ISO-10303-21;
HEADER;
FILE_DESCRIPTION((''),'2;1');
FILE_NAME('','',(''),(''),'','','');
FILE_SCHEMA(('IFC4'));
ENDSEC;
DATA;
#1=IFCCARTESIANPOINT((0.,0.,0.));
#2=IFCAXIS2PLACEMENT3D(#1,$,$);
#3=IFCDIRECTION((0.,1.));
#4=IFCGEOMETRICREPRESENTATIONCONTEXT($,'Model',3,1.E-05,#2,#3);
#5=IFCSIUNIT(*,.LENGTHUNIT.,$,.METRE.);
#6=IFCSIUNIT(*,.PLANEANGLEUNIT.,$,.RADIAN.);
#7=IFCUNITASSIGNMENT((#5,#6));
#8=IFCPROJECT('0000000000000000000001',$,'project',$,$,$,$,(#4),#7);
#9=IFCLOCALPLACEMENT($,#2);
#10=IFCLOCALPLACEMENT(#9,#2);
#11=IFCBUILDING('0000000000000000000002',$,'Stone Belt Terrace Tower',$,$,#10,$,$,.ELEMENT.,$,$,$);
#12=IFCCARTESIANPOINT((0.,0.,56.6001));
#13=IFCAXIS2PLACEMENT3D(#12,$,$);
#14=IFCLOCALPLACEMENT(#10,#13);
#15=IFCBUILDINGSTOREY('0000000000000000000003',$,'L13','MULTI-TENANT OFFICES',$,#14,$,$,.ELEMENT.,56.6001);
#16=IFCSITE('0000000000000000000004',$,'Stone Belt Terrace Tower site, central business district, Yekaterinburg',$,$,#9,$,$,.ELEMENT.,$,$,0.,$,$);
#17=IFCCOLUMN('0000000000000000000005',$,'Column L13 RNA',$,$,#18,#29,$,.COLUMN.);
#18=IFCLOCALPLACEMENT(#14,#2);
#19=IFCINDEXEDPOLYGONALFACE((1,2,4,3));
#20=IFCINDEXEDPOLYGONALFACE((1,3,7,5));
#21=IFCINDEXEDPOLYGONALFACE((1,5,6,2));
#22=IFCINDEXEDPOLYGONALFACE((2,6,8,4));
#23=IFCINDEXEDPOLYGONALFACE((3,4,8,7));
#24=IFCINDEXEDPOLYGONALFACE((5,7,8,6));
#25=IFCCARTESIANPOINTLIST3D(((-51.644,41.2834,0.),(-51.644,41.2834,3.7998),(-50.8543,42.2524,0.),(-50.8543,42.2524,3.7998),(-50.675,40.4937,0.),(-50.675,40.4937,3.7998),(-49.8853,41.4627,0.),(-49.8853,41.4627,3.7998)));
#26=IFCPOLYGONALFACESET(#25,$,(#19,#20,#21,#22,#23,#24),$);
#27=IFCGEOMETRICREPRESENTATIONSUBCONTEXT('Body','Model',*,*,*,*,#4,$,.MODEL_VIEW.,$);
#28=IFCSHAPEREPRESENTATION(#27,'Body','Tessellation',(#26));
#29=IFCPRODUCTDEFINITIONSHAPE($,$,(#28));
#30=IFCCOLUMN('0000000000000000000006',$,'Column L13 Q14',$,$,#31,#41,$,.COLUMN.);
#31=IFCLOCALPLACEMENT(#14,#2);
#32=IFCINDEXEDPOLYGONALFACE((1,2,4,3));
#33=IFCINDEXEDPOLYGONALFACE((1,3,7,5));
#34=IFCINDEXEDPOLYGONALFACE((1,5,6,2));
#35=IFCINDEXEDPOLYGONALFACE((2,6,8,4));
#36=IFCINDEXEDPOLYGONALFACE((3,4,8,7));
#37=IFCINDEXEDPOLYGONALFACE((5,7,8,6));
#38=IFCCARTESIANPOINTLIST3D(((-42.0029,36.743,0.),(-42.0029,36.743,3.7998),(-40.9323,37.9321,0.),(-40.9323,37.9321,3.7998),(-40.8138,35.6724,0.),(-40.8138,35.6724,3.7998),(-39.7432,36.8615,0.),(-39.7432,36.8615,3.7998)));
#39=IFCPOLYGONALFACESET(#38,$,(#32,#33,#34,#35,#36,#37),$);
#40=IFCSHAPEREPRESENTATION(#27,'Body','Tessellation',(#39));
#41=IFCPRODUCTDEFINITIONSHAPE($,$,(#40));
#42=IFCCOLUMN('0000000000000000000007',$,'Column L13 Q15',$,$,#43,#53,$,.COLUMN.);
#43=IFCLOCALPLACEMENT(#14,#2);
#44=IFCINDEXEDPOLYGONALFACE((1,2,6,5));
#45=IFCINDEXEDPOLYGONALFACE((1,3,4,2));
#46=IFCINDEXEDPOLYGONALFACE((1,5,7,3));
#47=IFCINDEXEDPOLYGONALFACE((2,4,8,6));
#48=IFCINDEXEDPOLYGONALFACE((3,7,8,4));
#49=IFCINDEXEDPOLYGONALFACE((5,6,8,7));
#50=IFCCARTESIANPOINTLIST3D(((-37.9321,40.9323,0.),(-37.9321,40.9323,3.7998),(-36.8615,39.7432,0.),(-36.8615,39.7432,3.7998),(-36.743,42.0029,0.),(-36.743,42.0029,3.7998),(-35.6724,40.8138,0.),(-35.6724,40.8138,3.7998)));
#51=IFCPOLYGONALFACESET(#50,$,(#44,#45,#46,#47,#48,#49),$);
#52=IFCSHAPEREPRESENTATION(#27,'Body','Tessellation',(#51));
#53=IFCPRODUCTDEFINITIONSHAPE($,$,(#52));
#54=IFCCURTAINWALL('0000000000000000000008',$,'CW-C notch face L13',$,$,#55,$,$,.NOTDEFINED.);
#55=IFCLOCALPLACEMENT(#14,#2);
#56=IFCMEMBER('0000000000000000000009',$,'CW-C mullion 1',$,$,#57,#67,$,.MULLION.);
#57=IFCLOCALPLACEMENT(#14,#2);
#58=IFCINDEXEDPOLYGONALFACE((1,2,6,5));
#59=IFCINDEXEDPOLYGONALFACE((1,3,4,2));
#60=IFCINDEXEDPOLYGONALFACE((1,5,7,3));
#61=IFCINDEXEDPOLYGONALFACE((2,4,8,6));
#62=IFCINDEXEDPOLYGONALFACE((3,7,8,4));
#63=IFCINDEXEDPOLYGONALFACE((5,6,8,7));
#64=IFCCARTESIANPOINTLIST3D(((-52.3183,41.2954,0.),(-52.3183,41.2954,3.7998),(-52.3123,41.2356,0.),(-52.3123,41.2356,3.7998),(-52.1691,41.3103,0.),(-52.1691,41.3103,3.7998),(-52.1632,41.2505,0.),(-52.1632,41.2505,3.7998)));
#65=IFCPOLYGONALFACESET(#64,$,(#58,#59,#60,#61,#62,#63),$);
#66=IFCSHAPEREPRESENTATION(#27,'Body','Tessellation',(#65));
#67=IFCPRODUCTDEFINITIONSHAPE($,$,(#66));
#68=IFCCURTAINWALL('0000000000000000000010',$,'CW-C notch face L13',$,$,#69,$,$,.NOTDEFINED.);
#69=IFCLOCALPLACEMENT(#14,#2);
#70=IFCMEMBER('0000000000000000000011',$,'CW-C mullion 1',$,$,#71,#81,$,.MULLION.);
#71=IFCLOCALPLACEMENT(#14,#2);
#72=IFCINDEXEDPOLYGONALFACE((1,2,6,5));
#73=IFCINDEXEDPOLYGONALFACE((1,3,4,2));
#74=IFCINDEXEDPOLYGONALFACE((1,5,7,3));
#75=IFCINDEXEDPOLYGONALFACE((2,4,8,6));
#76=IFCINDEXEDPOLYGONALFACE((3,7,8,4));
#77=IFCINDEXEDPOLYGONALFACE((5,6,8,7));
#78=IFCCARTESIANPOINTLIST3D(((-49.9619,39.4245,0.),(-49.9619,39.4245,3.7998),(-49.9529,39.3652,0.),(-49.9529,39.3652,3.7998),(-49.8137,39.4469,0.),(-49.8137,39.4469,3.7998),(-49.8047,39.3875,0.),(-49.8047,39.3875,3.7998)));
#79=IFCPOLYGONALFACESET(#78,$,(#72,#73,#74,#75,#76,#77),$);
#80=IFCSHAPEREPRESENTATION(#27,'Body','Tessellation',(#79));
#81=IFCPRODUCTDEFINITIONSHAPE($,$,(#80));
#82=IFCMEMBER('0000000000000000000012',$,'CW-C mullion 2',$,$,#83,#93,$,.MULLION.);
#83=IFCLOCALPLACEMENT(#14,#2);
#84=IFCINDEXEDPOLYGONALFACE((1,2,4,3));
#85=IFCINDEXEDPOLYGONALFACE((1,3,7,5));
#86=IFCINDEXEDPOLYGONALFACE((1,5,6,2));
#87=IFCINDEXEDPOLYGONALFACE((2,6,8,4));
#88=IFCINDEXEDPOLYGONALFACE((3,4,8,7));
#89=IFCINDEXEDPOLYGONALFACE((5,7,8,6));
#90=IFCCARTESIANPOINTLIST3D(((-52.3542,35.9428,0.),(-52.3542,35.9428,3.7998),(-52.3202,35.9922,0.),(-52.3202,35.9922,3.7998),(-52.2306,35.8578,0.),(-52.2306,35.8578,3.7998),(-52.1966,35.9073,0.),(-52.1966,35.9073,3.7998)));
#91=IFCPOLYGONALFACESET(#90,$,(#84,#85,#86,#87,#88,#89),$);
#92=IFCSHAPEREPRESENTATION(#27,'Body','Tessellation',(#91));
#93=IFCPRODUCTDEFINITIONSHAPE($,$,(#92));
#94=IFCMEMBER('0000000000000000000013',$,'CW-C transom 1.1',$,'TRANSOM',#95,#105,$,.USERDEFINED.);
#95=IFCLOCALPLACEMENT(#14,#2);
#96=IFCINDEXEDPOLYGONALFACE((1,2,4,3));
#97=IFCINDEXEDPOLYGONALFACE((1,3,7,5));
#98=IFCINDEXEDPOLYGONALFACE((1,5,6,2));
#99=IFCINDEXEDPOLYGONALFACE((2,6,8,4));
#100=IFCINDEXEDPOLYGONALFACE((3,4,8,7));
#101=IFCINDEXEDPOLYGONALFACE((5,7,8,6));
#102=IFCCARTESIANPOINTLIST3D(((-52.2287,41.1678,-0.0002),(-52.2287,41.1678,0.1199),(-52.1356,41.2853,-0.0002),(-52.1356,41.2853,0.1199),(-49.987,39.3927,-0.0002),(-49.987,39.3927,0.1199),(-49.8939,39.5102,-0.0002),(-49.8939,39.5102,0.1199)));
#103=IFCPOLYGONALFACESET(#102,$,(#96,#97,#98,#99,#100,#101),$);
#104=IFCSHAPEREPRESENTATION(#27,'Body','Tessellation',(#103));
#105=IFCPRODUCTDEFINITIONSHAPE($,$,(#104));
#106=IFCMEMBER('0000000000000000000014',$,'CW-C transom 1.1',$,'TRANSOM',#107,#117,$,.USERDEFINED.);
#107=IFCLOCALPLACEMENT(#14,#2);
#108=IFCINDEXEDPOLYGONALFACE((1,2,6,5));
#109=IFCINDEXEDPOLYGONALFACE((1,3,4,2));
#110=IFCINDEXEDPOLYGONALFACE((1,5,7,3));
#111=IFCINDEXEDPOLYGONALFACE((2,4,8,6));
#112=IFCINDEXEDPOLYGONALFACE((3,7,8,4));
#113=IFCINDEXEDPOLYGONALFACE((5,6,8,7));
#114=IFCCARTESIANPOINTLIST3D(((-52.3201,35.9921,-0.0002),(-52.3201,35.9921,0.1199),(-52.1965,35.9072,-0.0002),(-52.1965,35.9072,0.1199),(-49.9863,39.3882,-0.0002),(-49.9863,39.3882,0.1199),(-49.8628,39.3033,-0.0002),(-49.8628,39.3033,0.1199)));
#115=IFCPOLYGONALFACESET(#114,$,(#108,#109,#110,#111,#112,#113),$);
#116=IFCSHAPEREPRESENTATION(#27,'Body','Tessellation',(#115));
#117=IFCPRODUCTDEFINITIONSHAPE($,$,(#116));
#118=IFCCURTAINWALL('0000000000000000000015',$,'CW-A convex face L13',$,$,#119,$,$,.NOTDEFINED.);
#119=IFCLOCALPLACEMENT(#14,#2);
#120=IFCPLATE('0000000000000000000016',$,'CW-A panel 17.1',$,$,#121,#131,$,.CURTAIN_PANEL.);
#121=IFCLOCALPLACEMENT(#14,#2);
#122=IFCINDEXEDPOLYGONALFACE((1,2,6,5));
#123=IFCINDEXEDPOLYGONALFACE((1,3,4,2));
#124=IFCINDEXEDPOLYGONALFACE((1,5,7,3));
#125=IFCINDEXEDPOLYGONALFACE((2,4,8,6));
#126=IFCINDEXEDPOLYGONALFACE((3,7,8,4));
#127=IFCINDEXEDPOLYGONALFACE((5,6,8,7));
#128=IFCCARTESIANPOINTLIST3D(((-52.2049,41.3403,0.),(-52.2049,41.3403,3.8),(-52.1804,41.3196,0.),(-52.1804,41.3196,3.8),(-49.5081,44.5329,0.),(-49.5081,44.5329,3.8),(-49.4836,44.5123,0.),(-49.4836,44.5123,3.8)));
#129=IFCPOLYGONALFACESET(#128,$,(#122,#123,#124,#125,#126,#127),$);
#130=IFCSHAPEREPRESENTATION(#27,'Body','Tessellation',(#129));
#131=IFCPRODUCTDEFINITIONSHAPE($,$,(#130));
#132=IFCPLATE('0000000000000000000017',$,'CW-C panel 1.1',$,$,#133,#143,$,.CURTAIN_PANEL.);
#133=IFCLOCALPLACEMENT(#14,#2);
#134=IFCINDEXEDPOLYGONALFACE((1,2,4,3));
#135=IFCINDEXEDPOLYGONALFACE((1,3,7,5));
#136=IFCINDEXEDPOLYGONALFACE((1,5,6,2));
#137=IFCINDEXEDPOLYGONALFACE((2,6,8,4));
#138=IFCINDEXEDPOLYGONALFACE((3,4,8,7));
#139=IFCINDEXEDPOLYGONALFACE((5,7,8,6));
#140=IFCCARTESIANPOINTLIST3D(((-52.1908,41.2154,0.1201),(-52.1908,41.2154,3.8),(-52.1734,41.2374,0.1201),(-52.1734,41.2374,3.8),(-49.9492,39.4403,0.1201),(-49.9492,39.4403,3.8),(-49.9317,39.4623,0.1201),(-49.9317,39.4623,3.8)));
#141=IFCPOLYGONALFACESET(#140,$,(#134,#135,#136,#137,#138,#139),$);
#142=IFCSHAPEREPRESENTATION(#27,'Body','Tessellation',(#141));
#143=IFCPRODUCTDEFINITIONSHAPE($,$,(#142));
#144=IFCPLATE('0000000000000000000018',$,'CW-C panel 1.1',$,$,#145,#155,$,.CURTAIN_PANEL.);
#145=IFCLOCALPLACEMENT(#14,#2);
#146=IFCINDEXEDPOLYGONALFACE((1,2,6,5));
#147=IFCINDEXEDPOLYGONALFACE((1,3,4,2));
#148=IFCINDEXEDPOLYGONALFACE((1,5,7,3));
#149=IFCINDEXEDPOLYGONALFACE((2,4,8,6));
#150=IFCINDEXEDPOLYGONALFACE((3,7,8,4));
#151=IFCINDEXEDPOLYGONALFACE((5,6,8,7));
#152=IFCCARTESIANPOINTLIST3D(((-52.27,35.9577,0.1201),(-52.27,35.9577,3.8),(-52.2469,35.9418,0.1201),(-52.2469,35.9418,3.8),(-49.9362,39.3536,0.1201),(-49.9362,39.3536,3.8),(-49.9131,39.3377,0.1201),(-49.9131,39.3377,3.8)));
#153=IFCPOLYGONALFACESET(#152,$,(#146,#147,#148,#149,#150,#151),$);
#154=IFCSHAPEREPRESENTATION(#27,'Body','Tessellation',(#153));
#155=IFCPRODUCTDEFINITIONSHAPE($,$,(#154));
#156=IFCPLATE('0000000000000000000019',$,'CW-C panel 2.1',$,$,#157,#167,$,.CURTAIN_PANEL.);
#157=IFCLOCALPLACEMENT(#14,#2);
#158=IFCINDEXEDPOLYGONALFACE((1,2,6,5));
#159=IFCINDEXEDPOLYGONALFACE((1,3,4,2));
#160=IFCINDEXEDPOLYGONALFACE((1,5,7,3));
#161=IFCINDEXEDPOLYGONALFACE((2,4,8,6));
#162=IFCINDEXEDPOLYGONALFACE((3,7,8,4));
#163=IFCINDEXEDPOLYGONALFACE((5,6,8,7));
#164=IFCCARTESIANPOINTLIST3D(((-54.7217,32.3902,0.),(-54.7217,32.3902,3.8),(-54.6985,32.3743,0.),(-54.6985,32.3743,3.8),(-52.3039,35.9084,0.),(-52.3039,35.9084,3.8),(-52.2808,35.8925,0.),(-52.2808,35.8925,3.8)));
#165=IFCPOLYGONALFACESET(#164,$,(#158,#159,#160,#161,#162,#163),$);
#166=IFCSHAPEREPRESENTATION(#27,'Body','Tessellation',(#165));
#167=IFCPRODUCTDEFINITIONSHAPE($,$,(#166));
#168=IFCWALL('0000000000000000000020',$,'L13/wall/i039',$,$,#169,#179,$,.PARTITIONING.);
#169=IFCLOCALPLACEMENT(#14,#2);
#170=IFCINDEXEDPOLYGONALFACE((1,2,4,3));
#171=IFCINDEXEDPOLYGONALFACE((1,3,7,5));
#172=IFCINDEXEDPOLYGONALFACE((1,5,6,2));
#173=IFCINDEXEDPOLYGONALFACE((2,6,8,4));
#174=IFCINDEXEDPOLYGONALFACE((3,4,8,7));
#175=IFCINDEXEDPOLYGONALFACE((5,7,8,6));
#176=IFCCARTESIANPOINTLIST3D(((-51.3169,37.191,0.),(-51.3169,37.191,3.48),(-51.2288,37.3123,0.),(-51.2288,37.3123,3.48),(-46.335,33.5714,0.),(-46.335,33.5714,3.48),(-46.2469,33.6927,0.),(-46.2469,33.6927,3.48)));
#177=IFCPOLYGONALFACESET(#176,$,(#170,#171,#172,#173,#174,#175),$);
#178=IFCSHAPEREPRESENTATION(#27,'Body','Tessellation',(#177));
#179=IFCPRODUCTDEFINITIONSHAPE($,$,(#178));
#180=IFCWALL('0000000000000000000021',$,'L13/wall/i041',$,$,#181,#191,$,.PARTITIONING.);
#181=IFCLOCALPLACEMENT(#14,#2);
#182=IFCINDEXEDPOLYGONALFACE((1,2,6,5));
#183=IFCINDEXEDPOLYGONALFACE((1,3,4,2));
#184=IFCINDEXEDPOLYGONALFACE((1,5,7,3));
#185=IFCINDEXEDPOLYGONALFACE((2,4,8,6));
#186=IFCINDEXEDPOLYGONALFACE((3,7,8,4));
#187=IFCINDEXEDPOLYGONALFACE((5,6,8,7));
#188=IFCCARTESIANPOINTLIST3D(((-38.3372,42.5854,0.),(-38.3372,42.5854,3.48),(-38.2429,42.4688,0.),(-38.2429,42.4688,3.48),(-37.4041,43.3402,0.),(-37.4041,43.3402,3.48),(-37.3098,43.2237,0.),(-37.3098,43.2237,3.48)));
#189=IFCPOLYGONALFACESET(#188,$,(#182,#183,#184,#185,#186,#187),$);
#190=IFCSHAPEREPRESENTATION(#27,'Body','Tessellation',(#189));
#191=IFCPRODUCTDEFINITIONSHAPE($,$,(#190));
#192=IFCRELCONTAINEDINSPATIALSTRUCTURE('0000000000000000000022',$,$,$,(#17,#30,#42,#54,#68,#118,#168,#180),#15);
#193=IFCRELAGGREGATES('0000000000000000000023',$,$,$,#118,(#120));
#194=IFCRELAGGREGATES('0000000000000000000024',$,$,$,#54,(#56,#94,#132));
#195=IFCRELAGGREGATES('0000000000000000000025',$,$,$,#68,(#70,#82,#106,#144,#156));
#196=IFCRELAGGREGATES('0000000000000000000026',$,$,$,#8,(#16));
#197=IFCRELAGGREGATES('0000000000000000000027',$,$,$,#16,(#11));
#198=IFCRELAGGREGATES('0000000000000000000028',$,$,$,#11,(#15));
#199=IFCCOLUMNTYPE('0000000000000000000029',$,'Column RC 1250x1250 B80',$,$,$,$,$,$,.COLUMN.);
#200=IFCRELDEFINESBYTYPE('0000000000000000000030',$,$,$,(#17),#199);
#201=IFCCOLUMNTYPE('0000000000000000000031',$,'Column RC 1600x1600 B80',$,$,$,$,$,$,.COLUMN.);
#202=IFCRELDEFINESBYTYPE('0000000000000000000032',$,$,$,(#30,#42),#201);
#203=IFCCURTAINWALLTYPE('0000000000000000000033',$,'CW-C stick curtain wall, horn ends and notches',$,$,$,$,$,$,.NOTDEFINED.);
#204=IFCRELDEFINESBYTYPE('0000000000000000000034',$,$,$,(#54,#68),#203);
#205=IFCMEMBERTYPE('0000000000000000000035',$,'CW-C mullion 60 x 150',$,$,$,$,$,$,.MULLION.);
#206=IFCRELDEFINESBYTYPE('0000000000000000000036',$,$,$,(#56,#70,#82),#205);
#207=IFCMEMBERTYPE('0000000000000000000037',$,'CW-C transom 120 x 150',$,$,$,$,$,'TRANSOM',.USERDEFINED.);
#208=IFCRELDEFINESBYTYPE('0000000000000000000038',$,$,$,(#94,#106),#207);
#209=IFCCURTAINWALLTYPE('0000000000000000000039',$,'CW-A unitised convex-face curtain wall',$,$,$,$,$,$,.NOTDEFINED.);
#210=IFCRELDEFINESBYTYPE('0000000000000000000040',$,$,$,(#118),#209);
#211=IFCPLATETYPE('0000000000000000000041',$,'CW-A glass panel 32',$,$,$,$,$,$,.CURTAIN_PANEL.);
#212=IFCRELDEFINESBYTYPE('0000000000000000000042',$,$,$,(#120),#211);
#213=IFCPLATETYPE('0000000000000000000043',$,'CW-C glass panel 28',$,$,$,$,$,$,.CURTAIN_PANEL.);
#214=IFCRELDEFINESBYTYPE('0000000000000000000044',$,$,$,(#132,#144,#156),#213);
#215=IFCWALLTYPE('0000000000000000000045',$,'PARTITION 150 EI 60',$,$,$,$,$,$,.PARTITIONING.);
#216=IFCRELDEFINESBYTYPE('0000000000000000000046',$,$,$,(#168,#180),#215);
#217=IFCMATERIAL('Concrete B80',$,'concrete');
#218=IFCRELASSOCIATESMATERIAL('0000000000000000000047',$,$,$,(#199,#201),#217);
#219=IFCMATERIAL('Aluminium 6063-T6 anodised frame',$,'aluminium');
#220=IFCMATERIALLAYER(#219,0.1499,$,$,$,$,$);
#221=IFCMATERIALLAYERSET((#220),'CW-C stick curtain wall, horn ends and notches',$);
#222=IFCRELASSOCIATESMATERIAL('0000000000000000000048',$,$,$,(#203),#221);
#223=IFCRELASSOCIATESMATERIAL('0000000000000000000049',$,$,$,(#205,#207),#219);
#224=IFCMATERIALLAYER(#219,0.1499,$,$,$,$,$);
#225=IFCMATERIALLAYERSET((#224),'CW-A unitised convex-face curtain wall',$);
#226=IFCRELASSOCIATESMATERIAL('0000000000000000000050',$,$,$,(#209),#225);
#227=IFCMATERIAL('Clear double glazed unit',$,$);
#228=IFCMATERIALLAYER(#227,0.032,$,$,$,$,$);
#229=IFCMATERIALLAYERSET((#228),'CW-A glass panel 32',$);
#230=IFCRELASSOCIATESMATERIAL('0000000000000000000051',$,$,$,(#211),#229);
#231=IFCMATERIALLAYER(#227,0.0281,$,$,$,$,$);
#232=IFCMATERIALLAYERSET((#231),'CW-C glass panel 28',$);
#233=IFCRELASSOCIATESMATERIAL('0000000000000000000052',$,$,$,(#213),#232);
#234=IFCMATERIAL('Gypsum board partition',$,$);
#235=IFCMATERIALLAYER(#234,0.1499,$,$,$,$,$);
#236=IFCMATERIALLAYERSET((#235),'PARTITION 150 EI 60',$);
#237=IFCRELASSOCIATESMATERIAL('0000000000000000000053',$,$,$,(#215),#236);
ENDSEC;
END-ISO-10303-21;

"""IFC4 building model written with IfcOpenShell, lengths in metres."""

from ifc_helpers import new_model, si_unit, direction, frame, frame_2d, origin, origin_2d, place, context, subcontext, project, spatial, rectangle, extrude, material, layer, layer_set, material_profile, profile_set, type_object, element, aggregate, save


model = new_model("IFC4")

# Units and contexts
model_context = context("Model", 3, precision=1e-05, world=origin(), true_north=direction((0.0, 1.0)))
body_context = subcontext(model_context, "Body", "Model", "MODEL_VIEW")
ifc_project = project(units=[si_unit("LENGTHUNIT", "METRE"), si_unit("PLANEANGLEUNIT", "RADIAN")], contexts=[model_context])

# Site, building, storey
site_placement = place(None, origin())
site = spatial("IfcSite", under=ifc_project, at=site_placement, Name="Stone Belt Terrace Tower site, central business district, Yekaterinburg", CompositionType="ELEMENT", RefElevation=0.0)
building_placement = place(site_placement, origin())
building = spatial("IfcBuilding", under=site, at=building_placement, Name="Stone Belt Terrace Tower", CompositionType="ELEMENT")
storey_placement = place(building_placement, frame((0.0, 0.0, 56.6001)))
storey = spatial("IfcBuildingStorey", under=building, at=storey_placement, Name="L13", Description="MULTI-TENANT OFFICES", CompositionType="ELEMENT", Elevation=56.6001)

# Columns
ifc_material_1 = material(Name="Concrete B80", Category="concrete")
ifc_material_profile_1 = material_profile(ifc_material_1, rectangle(XDim=1.25, YDim=1.25, at=origin_2d()), Name="RC 1250x1250")
ifc_profile_set_1 = profile_set([ifc_material_profile_1], Name="Concrete B80")
column_type_1 = type_object("IfcColumnType", Name="Column RC 1250x1250 B80", PredefinedType="COLUMN", material=ifc_profile_set_1)
column_placement = place(storey_placement, frame((-50.7646, 41.373, 0.0), z_axis=(0.0, 0.0, 1.0), x_axis=(0.631759, 0.775165, 0.0)))
element("IfcColumn", 1, at=column_placement, inside=storey, type_object=column_type_1, Name="Column L13 RNA", PredefinedType="COLUMN", context=body_context, shape_type="SweptSolid", body=[
    extrude(rectangle(XDim=1.25, YDim=1.25, at=origin_2d()), origin(), (0.0, 0.0, 1.0), 3.7998),
])
ifc_material_profile_2 = material_profile(ifc_material_1, rectangle(XDim=1.6001, YDim=1.6001, at=origin_2d()), Name="RC 1600x1600")
ifc_profile_set_2 = profile_set([ifc_material_profile_2], Name="Concrete B80")
column_type_2 = type_object("IfcColumnType", Name="Column RC 1600x1600 B80", PredefinedType="COLUMN", material=ifc_profile_set_2)
for number, where, z_axis, x_axis, name in (
    (2, (-40.873, 36.8022, 0.0), (0.0, 0.0, 1.0), (0.669131, 0.743145, 0.0), "Column L13 Q14"),
    (3, (-36.8022, 40.873, 0.0), (0.0, 0.0, 1.0), (0.743145, 0.669131, 0.0), "Column L13 Q15"),
):
    element("IfcColumn", number, at=place(storey_placement, frame(where, z_axis=z_axis, x_axis=x_axis)), inside=storey, type_object=column_type_2, Name=name, PredefinedType="COLUMN", context=body_context, shape_type="SweptSolid", body=[
        extrude(rectangle(XDim=1.6001, YDim=1.6001, at=origin_2d()), origin(), (0.0, 0.0, 1.0), 3.7998),
    ])

# Curtain wall, member
ifc_material_2 = material(Name="Aluminium 6063-T6 anodised frame", Category="aluminium")
ifc_layer_1 = layer(ifc_material_2, 0.1499)
ifc_layer_set_1 = layer_set([ifc_layer_1], Name="CW-C stick curtain wall, horn ends and notches")
curtain_wall_type_1 = type_object("IfcCurtainWallType", Name="CW-C stick curtain wall, horn ends and notches", PredefinedType="NOTDEFINED", material=ifc_layer_set_1)
curtain_wall_1_placement = place(storey_placement, origin())
curtain_wall_1 = element("IfcCurtainWall", 4, at=curtain_wall_1_placement, inside=storey, type_object=curtain_wall_type_1, Name="CW-C notch face L13", PredefinedType="NOTDEFINED")
ifc_material_profile_3 = material_profile(ifc_material_2, rectangle(XDim=0.1499, YDim=0.0601, at=origin_2d()), Name="Aluminium 6063-T6 60x150")
ifc_profile_set_3 = profile_set([ifc_material_profile_3], Name="Aluminium 6063-T6 anodised frame")
member_type_1 = type_object("IfcMemberType", Name="CW-C mullion 60 x 150", PredefinedType="MULLION", material=ifc_profile_set_3)
member_1_placement = place(storey_placement, frame((-52.2407, 41.2729, 0.0), z_axis=(0.0, 0.0, 1.0), x_axis=(0.995023, 0.099645, 0.0)))
member_1 = element("IfcMember", 5, at=member_1_placement, type_object=member_type_1, Name="CW-C mullion 1", PredefinedType="MULLION", context=body_context, shape_type="SweptSolid", body=[
    extrude(rectangle(XDim=0.1499, YDim=0.0601, at=origin_2d()), origin(), (0.0, 0.0, 1.0), 3.7998),
])

# Curtain wall, members
curtain_wall_2_placement = place(storey_placement, origin())
curtain_wall_2 = element("IfcCurtainWall", 6, at=curtain_wall_2_placement, inside=storey, type_object=curtain_wall_type_1, Name="CW-C notch face L13", PredefinedType="NOTDEFINED")
member_2_placement = place(storey_placement, frame((-49.8833, 39.406, 0.0), z_axis=(0.0, 0.0, 1.0), x_axis=(0.988851, 0.148906, 0.0)))
member_2 = element("IfcMember", 7, at=member_2_placement, type_object=member_type_1, Name="CW-C mullion 1", PredefinedType="MULLION", context=body_context, shape_type="SweptSolid", body=[
    extrude(rectangle(XDim=0.1499, YDim=0.0601, at=origin_2d()), origin(), (0.0, 0.0, 1.0), 3.7998),
])
member_3_placement = place(storey_placement, frame((-52.2754, 35.925, 0.0), z_axis=(0.0, 0.0, 1.0), x_axis=(0.824147, -0.566376, 0.0)))
member_3 = element("IfcMember", 8, at=member_3_placement, type_object=member_type_1, Name="CW-C mullion 2", PredefinedType="MULLION", context=body_context, shape_type="SweptSolid", body=[
    extrude(rectangle(XDim=0.1499, YDim=0.0601, at=origin_2d()), origin(), (0.0, 0.0, 1.0), 3.7998),
])

# Members
ifc_material_profile_4 = material_profile(ifc_material_2, rectangle(XDim=0.1499, YDim=0.1201, at=origin_2d()), Name="Aluminium 6063-T6 150x120")
ifc_profile_set_4 = profile_set([ifc_material_profile_4], Name="Aluminium 6063-T6 anodised frame")
member_type_2 = type_object("IfcMemberType", Name="CW-C transom 120 x 150", ElementType="TRANSOM", PredefinedType="USERDEFINED", material=ifc_profile_set_4)
member_4_placement = place(storey_placement, frame((-52.1821, 41.2266, 0.0598), z_axis=(0.783966, -0.620804, 0.0), x_axis=(0.620804, 0.783966, 0.0)))
member_4 = element("IfcMember", 9, at=member_4_placement, type_object=member_type_2, Name="CW-C transom 1.1", ObjectType="TRANSOM", PredefinedType="USERDEFINED", context=body_context, shape_type="SweptSolid", body=[
    extrude(rectangle(XDim=0.1499, YDim=0.1201, at=origin_2d()), origin(), (0.0, 0.0, 1.0), 2.8594),
])
member_5_placement = place(storey_placement, frame((-49.9246, 39.3457, 0.0598), z_axis=(-0.566363, -0.824156, 0.0), x_axis=(0.824156, -0.566363, 0.0)))
member_5 = element("IfcMember", 10, at=member_5_placement, type_object=member_type_2, Name="CW-C transom 1.1", ObjectType="TRANSOM", PredefinedType="USERDEFINED", context=body_context, shape_type="SweptSolid", body=[
    extrude(rectangle(XDim=0.1499, YDim=0.1201, at=origin_2d()), origin(), (0.0, 0.0, 1.0), 4.1206),
])

# Curtain wall, plate
ifc_layer_2 = layer(ifc_material_2, 0.1499)
ifc_layer_set_2 = layer_set([ifc_layer_2], Name="CW-A unitised convex-face curtain wall")
curtain_wall_type_2 = type_object("IfcCurtainWallType", Name="CW-A unitised convex-face curtain wall", PredefinedType="NOTDEFINED", material=ifc_layer_set_2)
curtain_wall_3_placement = place(storey_placement, origin())
curtain_wall_3 = element("IfcCurtainWall", 11, at=curtain_wall_3_placement, inside=storey, type_object=curtain_wall_type_2, Name="CW-A convex face L13", PredefinedType="NOTDEFINED")
ifc_material_3 = material(Name="Clear double glazed unit")
ifc_layer_3 = layer(ifc_material_3, 0.032)
ifc_layer_set_3 = layer_set([ifc_layer_3], Name="CW-A glass panel 32")
plate_type_1 = type_object("IfcPlateType", Name="CW-A glass panel 32", PredefinedType="CURTAIN_PANEL", material=ifc_layer_set_3)
plate_1_placement = place(storey_placement, frame((-50.8442, 42.9263, 0.0), z_axis=(0.0, 0.0, 1.0), x_axis=(-0.645291, -0.763937, 0.0)))
plate_1 = element("IfcPlate", 12, at=plate_1_placement, type_object=plate_type_1, Name="CW-A panel 17.1", PredefinedType="CURTAIN_PANEL", context=body_context, shape_type="SweptSolid", body=[
    extrude(rectangle(XDim=4.1792, YDim=0.032, at=origin_2d()), origin(), (0.0, 0.0, 1.0), 3.8),
])
aggregate(curtain_wall_3, [plate_1])

# Plates
ifc_layer_4 = layer(ifc_material_3, 0.0281)
ifc_layer_set_4 = layer_set([ifc_layer_4], Name="CW-C glass panel 28")
plate_type_2 = type_object("IfcPlateType", Name="CW-C glass panel 28", PredefinedType="CURTAIN_PANEL", material=ifc_layer_set_4)
plate_2_placement = place(storey_placement, frame((-51.0613, 40.3389, 0.1201), z_axis=(0.0, 0.0, 1.0), x_axis=(0.783964, -0.620807, 0.0)))
plate_2 = element("IfcPlate", 13, at=plate_2_placement, type_object=plate_type_2, Name="CW-C panel 1.1", PredefinedType="CURTAIN_PANEL", context=body_context, shape_type="SweptSolid", body=[
    extrude(rectangle(XDim=2.8594, YDim=0.0281, at=origin_2d()), origin(), (0.0, 0.0, 1.0), 3.6799),
])
aggregate(curtain_wall_1, [member_1, member_4, plate_2])
plate_3_placement = place(storey_placement, frame((-51.0916, 37.6477, 0.1201), z_axis=(0.0, 0.0, 1.0), x_axis=(-0.566376, -0.824147, 0.0)))
plate_3 = element("IfcPlate", 14, at=plate_3_placement, type_object=plate_type_2, Name="CW-C panel 1.1", PredefinedType="CURTAIN_PANEL", context=body_context, shape_type="SweptSolid", body=[
    extrude(rectangle(XDim=4.1206, YDim=0.0281, at=origin_2d()), origin(), (0.0, 0.0, 1.0), 3.6799),
])
plate_4_placement = place(storey_placement, frame((-53.5012, 34.1414, 0.0), z_axis=(0.0, 0.0, 1.0), x_axis=(-0.566376, -0.824147, 0.0)))
plate_4 = element("IfcPlate", 15, at=plate_4_placement, type_object=plate_type_2, Name="CW-C panel 2.1", PredefinedType="CURTAIN_PANEL", context=body_context, shape_type="SweptSolid", body=[
    extrude(rectangle(XDim=4.2688, YDim=0.0281, at=origin_2d()), origin(), (0.0, 0.0, 1.0), 3.8),
])
aggregate(curtain_wall_2, [member_2, member_3, member_5, plate_3, plate_4])

# Walls
ifc_material_4 = material(Name="Gypsum board partition")
ifc_layer_5 = layer(ifc_material_4, 0.1499)
ifc_layer_set_5 = layer_set([ifc_layer_5], Name="PARTITION 150 EI 60")
wall_type = type_object("IfcWallType", Name="PARTITION 150 EI 60", PredefinedType="PARTITIONING", material=ifc_layer_set_5)
wall_1_placement = place(storey_placement, frame((-51.2729, 37.2517, 0.0), z_axis=(0.0, 0.0, 1.0), x_axis=(0.809014, -0.58779, 0.0)))
element("IfcWall", 16, at=wall_1_placement, inside=storey, type_object=wall_type, Name="L13/wall/i039", PredefinedType="PARTITIONING", context=body_context, shape_type="SweptSolid", body=[
    extrude(rectangle(XDim=6.158, YDim=0.1499, at=frame_2d((3.0791, 0.0))), origin(), (0.0, 0.0, 1.0), 3.48),
])
wall_2_placement = place(storey_placement, frame((-38.29, 42.5271, 0.0), z_axis=(0.0, 0.0, 1.0), x_axis=(0.777444, 0.628952, 0.0)))
element("IfcWall", 17, at=wall_2_placement, inside=storey, type_object=wall_type, Name="L13/wall/i041", PredefinedType="PARTITIONING", context=body_context, shape_type="SweptSolid", body=[
    extrude(rectangle(XDim=1.2002, YDim=0.1499, at=frame_2d((0.6001, 0.0))), origin(), (0.0, 0.0, 1.0), 3.48),
])

save(model, "model.ifc")
